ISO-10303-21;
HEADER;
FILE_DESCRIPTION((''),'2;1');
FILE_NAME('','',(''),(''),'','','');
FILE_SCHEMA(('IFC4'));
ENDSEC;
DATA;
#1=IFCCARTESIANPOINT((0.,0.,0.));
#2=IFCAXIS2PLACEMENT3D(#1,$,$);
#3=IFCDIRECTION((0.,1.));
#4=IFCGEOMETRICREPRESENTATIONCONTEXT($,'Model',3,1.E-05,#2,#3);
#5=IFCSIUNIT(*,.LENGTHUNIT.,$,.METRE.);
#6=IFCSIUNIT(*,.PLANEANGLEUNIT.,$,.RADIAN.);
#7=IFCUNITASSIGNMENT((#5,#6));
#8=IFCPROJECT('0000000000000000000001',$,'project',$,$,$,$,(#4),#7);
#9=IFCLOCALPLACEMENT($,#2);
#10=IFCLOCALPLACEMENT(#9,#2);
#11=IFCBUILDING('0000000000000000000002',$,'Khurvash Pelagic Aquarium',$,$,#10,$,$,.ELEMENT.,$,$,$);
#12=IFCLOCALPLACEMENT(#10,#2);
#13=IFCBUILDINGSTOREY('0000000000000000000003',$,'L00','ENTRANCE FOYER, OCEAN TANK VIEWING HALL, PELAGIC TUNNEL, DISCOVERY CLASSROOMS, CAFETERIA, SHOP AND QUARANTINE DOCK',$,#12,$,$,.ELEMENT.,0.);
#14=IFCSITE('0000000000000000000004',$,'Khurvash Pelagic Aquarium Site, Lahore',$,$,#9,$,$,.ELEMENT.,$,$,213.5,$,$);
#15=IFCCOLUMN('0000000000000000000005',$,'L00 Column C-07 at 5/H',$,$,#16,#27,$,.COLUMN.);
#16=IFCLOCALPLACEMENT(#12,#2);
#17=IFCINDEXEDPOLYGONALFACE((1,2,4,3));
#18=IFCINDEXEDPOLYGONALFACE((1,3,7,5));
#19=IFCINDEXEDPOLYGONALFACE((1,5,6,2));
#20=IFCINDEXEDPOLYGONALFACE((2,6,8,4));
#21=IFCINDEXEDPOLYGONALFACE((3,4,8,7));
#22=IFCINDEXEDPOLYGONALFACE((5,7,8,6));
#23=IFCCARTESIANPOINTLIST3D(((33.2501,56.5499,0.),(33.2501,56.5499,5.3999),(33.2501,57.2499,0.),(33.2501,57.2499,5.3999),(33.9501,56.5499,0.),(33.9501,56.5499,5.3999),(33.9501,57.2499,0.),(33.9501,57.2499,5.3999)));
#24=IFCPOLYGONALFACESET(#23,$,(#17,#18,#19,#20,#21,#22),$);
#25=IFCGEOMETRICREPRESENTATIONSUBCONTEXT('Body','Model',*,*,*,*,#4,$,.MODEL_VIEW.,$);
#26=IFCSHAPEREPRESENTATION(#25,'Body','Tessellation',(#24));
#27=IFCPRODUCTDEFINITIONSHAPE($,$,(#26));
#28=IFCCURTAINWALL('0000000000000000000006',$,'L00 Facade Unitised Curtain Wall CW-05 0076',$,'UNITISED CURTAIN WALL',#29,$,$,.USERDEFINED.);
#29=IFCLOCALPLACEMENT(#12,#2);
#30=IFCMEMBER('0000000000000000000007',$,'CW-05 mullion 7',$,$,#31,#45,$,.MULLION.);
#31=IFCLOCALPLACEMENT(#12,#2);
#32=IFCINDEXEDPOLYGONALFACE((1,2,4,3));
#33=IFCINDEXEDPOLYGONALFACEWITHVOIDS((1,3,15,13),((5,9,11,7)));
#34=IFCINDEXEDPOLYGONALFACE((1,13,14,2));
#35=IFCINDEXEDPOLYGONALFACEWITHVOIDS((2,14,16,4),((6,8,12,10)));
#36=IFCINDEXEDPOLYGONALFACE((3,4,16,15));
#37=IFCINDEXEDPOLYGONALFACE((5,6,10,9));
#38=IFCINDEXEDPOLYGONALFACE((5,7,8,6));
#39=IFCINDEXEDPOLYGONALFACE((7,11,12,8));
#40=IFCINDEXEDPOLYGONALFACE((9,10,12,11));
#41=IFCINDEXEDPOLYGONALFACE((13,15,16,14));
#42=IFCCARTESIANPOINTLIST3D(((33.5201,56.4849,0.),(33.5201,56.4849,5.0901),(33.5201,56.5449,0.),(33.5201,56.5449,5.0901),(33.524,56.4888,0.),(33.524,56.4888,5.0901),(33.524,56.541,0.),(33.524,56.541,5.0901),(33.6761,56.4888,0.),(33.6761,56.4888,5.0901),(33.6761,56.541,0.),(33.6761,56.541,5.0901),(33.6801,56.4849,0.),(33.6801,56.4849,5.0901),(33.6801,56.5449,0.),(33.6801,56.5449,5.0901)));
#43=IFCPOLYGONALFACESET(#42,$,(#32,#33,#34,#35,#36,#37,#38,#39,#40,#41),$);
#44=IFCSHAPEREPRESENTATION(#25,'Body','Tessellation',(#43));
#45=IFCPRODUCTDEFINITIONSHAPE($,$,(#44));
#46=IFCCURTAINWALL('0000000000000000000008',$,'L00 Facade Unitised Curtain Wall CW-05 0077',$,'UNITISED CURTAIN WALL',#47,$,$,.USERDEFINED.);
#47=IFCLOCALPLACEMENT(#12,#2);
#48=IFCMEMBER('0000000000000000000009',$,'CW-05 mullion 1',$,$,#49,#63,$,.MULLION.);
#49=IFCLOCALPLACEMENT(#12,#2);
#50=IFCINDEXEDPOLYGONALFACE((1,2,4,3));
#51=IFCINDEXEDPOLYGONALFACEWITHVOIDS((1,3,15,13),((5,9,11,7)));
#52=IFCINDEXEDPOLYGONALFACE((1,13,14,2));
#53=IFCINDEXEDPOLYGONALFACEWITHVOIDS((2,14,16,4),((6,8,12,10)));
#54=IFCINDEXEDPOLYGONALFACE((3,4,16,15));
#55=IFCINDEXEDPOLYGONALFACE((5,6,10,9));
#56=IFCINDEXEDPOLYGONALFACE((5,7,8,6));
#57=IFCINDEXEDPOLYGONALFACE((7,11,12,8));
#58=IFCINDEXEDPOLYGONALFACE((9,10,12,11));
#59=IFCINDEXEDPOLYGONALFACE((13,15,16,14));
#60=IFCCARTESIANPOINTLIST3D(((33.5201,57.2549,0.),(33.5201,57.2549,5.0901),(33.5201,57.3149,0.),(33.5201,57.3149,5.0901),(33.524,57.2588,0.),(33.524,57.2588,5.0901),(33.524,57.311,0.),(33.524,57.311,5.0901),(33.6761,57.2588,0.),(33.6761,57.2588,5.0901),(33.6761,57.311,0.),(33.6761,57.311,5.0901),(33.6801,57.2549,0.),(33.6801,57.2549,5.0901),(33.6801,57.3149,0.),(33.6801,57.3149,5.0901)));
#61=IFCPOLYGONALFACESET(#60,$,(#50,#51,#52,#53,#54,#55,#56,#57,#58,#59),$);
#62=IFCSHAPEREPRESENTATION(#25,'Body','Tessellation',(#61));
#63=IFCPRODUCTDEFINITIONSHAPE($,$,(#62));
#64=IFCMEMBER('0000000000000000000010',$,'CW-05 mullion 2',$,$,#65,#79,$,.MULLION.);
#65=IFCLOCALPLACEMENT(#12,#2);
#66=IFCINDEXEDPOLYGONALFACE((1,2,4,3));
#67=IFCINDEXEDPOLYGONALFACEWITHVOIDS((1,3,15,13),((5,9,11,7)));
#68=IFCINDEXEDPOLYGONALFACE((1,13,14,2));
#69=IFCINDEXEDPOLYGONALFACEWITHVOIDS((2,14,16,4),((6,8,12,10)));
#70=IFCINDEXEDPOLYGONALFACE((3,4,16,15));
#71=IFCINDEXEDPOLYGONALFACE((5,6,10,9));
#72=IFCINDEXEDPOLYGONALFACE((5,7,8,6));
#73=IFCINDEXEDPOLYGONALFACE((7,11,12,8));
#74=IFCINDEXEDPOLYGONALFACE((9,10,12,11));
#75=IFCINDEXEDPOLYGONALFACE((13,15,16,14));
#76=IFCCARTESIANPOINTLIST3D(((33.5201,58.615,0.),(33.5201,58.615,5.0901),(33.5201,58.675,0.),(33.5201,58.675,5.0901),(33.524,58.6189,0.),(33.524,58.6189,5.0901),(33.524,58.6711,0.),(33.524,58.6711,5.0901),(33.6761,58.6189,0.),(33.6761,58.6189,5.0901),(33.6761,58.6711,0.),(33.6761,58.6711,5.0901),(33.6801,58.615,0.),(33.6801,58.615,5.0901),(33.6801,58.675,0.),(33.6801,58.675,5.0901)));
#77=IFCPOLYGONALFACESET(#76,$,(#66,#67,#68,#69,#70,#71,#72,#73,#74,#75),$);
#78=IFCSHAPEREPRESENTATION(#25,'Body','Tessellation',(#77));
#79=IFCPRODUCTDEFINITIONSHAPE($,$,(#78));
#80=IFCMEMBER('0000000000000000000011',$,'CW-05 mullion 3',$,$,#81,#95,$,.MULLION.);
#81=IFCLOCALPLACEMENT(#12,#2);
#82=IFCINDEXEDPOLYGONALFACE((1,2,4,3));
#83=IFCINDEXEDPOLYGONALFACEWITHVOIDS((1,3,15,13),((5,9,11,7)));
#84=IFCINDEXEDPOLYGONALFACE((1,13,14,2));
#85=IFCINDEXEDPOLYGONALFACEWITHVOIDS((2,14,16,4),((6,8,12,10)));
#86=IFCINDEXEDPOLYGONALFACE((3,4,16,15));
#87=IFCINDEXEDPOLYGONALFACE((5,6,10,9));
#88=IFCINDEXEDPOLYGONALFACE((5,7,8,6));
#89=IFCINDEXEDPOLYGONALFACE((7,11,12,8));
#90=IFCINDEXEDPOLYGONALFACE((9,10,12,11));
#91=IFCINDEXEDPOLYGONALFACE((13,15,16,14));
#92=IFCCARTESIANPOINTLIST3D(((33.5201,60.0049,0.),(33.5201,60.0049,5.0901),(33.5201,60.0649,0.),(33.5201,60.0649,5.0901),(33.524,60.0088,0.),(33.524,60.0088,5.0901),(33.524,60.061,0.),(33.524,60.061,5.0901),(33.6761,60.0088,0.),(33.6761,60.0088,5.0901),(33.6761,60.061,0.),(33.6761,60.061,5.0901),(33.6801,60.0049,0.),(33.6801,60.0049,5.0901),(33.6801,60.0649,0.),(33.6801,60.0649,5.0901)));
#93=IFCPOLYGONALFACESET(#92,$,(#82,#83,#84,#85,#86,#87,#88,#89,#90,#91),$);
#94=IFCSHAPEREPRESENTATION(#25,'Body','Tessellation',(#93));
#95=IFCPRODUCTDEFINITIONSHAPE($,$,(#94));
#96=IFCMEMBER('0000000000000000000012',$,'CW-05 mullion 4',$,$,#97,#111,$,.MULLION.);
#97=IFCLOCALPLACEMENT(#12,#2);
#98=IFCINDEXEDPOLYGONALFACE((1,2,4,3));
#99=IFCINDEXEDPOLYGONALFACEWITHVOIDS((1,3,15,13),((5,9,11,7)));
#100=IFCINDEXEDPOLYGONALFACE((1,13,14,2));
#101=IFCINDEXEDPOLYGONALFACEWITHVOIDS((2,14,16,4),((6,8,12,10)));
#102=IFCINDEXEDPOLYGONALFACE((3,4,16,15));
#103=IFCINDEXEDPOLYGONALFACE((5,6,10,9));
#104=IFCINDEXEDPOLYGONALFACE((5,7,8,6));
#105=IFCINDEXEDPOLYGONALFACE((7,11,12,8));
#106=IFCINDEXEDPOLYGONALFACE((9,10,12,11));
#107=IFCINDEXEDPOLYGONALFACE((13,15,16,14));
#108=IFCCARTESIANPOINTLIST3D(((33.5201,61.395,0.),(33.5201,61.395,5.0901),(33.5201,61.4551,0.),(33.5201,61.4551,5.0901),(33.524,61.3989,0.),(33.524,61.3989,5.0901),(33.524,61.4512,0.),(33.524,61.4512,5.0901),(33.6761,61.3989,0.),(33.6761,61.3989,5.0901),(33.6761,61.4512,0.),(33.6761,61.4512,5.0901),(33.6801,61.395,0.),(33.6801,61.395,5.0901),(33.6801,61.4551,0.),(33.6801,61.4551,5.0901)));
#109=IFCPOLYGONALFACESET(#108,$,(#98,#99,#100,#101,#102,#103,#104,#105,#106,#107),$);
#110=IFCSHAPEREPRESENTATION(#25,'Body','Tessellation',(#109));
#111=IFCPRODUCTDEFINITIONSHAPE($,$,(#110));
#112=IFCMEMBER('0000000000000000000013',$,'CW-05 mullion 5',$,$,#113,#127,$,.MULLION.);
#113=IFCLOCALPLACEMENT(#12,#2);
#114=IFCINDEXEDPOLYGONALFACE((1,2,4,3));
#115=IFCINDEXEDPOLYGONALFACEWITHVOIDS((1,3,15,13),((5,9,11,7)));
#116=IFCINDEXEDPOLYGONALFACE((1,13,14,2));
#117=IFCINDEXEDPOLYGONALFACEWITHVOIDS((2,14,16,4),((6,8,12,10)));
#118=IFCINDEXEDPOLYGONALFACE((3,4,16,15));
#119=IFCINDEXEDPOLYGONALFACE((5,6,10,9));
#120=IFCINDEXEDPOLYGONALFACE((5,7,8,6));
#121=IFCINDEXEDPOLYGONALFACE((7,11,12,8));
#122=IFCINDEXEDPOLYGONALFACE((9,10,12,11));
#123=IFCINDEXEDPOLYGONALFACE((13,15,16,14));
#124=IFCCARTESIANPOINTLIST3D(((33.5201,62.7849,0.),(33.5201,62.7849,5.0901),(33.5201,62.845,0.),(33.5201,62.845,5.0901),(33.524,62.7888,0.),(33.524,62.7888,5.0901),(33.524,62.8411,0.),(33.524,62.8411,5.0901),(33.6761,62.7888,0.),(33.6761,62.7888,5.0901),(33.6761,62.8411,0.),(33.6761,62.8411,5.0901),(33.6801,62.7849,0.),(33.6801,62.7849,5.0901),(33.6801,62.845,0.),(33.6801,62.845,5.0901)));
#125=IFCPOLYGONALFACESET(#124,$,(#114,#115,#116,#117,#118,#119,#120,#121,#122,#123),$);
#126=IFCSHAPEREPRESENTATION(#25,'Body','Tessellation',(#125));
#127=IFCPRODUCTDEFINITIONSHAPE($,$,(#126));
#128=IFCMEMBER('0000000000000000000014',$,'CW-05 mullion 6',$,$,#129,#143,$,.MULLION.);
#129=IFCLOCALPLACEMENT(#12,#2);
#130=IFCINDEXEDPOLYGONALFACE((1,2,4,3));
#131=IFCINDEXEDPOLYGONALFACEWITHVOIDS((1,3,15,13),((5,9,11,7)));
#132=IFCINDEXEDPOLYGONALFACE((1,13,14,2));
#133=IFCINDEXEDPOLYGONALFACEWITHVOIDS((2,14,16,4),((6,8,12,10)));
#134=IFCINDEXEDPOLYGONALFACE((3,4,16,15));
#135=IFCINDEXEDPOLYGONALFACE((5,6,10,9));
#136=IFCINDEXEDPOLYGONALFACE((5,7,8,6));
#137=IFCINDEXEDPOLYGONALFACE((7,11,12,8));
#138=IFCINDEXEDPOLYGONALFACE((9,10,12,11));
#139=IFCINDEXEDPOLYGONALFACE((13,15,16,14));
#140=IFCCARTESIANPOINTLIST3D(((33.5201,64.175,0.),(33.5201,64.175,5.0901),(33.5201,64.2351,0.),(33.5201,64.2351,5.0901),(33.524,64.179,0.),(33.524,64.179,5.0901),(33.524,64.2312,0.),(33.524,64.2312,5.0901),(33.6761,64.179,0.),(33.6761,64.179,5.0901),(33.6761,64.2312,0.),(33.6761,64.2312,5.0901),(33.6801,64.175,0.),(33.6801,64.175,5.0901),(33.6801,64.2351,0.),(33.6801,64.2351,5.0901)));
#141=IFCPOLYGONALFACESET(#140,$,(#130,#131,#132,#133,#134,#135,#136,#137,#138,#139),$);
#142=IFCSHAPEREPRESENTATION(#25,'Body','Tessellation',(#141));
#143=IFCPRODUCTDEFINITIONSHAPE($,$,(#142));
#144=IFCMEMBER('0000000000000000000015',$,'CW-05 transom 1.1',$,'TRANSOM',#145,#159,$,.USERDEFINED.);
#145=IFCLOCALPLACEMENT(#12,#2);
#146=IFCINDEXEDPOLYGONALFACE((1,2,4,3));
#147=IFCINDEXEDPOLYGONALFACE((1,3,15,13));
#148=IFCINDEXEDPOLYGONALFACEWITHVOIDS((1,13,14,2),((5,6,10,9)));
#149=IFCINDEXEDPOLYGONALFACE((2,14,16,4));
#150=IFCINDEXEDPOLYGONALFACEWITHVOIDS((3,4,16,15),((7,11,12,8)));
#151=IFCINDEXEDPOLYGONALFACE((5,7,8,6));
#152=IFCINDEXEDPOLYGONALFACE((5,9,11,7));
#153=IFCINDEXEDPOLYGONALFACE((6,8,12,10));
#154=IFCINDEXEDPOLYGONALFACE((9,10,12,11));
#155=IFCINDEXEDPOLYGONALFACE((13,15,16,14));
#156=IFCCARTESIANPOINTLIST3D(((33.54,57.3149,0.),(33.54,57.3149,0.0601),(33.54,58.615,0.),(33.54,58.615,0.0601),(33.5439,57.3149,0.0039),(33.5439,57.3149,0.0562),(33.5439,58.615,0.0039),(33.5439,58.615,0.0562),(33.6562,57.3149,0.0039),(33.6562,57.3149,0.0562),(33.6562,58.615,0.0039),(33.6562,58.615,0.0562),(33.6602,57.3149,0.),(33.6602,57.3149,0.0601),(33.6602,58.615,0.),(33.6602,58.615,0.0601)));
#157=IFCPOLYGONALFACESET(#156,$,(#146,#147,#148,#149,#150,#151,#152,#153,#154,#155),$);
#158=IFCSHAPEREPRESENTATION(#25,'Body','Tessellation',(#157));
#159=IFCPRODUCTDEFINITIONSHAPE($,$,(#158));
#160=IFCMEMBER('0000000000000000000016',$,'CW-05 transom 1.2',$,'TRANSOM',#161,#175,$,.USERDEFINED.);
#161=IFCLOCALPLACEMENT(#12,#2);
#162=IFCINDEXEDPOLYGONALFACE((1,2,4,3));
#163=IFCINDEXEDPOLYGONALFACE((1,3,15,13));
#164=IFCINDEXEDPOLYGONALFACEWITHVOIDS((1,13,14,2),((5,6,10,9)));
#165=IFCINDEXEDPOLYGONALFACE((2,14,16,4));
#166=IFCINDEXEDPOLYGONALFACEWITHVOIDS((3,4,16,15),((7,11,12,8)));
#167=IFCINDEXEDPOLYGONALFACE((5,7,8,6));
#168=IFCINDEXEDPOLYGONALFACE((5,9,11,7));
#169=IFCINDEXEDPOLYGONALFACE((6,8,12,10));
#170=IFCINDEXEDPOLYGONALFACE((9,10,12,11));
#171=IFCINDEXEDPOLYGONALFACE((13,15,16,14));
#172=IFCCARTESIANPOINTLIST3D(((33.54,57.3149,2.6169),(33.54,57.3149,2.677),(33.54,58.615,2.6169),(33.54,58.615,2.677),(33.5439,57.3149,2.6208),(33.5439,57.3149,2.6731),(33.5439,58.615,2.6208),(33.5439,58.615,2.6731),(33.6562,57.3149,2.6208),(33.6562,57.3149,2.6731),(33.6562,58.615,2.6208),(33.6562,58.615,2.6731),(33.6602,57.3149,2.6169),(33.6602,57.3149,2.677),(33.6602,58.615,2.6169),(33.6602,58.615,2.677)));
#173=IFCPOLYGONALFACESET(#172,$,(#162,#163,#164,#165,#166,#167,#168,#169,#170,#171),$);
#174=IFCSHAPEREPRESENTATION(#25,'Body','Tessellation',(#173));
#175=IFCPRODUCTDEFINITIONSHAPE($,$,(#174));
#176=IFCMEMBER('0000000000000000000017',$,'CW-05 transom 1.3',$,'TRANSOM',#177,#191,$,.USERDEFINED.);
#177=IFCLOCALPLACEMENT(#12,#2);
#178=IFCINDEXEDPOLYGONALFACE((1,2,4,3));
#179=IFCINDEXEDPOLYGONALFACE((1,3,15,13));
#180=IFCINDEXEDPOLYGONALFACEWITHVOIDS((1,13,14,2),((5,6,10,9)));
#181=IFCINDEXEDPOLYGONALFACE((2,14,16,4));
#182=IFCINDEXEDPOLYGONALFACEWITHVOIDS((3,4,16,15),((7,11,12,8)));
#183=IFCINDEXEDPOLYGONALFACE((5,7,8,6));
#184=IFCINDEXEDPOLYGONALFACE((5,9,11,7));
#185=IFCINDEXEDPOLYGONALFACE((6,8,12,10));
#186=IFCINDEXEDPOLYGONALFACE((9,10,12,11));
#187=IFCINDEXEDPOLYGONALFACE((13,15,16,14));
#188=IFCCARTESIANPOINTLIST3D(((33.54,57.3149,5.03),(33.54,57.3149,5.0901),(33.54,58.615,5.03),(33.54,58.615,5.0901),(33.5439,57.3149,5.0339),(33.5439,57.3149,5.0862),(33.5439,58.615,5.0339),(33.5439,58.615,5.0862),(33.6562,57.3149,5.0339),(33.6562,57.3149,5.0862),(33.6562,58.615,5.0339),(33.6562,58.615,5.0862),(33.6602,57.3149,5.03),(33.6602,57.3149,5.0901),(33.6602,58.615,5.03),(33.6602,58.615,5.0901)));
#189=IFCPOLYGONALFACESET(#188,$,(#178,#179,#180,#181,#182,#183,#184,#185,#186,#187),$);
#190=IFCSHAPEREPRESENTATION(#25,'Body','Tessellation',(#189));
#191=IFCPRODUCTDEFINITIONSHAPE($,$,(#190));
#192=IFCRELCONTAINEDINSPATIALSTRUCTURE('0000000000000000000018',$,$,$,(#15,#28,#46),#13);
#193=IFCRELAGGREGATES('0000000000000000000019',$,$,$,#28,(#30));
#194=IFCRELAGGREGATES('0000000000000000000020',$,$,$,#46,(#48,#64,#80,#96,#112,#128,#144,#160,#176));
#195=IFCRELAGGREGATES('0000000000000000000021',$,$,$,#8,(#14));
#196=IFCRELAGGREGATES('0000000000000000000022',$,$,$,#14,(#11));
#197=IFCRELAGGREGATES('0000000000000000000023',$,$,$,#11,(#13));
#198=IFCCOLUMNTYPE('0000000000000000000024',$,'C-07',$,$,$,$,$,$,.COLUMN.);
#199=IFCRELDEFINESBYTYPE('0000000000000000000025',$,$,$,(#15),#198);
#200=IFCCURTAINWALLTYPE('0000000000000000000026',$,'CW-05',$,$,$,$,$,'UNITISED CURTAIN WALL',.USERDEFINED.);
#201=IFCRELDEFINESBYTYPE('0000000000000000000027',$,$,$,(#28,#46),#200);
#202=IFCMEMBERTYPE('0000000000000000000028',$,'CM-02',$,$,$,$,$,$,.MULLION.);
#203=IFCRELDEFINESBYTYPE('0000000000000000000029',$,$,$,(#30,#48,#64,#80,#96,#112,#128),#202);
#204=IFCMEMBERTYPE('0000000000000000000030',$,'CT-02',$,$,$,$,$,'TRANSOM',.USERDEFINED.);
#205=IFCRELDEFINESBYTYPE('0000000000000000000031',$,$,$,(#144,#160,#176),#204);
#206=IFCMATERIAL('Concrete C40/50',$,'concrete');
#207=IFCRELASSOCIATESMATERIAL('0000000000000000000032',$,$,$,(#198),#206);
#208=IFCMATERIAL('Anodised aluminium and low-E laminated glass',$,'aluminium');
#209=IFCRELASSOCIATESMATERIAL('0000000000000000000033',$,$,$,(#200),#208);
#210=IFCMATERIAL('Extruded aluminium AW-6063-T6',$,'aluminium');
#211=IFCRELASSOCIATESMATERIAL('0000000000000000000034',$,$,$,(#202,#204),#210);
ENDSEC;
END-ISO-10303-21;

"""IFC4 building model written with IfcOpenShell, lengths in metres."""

from ifc_helpers import new_model, si_unit, direction, frame, origin, origin_2d, place, context, subcontext, project, spatial, rectangle, hollow_rectangle, extrude, material, material_profile, profile_set, type_object, element, aggregate, save


model = new_model("IFC4")

# Units and contexts
model_context = context("Model", 3, precision=1e-05, world=origin(), true_north=direction((0.0, 1.0)))
body_context = subcontext(model_context, "Body", "Model", "MODEL_VIEW")
ifc_project = project(units=[si_unit("LENGTHUNIT", "METRE"), si_unit("PLANEANGLEUNIT", "RADIAN")], contexts=[model_context])

# Site, building, storey
site_placement = place(None, origin())
site = spatial("IfcSite", under=ifc_project, at=site_placement, Name="Khurvash Pelagic Aquarium Site, Lahore", CompositionType="ELEMENT", RefElevation=213.5)
building_placement = place(site_placement, origin())
building = spatial("IfcBuilding", under=site, at=building_placement, Name="Khurvash Pelagic Aquarium", CompositionType="ELEMENT")
storey_placement = place(building_placement, origin())
storey = spatial("IfcBuildingStorey", under=building, at=storey_placement, Name="L00", Description="ENTRANCE FOYER, OCEAN TANK VIEWING HALL, PELAGIC TUNNEL, DISCOVERY CLASSROOMS, CAFETERIA, SHOP AND QUARANTINE DOCK", CompositionType="ELEMENT", Elevation=0.0)

# Column
ifc_material_1 = material(Name="Concrete C40/50", Category="concrete")
ifc_material_profile_1 = material_profile(ifc_material_1, rectangle(XDim=0.7, YDim=0.7, at=origin_2d()), Name="RC700X700")
ifc_profile_set_1 = profile_set([ifc_material_profile_1], Name="Concrete C40/50")
column_type = type_object("IfcColumnType", Name="C-07", PredefinedType="COLUMN", material=ifc_profile_set_1)
column_placement = place(storey_placement, frame((33.6001, 56.8999, 0.0), z_axis=(0.0, 0.0, 1.0), x_axis=(1.0, 0.0, 0.0)))
element("IfcColumn", 1, at=column_placement, inside=storey, type_object=column_type, Name="L00 Column C-07 at 5/H", PredefinedType="COLUMN", context=body_context, shape_type="SweptSolid", body=[
    extrude(rectangle(XDim=0.7, YDim=0.7, at=origin_2d()), origin(), (0.0, 0.0, 1.0), 5.3999),
])

# Curtain wall, member
ifc_material_2 = material(Name="Anodised aluminium and low-E laminated glass", Category="aluminium")
curtain_wall_type = type_object("IfcCurtainWallType", Name="CW-05", ElementType="UNITISED CURTAIN WALL", PredefinedType="USERDEFINED", material=ifc_material_2)
curtain_wall_1_placement = place(storey_placement, origin())
curtain_wall_1 = element("IfcCurtainWall", 2, at=curtain_wall_1_placement, inside=storey, type_object=curtain_wall_type, Name="L00 Facade Unitised Curtain Wall CW-05 0076", ObjectType="UNITISED CURTAIN WALL", PredefinedType="USERDEFINED")
ifc_material_3 = material(Name="Extruded aluminium AW-6063-T6", Category="aluminium")
ifc_material_profile_2 = material_profile(ifc_material_3, hollow_rectangle(XDim=0.0601, YDim=0.1599, WallThickness=0.0039, at=origin_2d()), Name="CWM60X160X4")
ifc_profile_set_2 = profile_set([ifc_material_profile_2], Name="Extruded aluminium AW-6063-T6")
member_type_1 = type_object("IfcMemberType", Name="CM-02", PredefinedType="MULLION", material=ifc_profile_set_2)
member_1_placement = place(storey_placement, frame((33.6001, 56.5149, 0.0), z_axis=(0.0, 0.0, 1.0), x_axis=(0.0, 1.0, 0.0)))
member_1 = element("IfcMember", 3, at=member_1_placement, type_object=member_type_1, Name="CW-05 mullion 7", PredefinedType="MULLION", context=body_context, shape_type="SweptSolid", body=[
    extrude(hollow_rectangle(XDim=0.0601, YDim=0.1599, WallThickness=0.0039, at=origin_2d()), origin(), (0.0, 0.0, 1.0), 5.0901),
])

# Curtain wall, members
curtain_wall_2_placement = place(storey_placement, origin())
curtain_wall_2 = element("IfcCurtainWall", 4, at=curtain_wall_2_placement, inside=storey, type_object=curtain_wall_type, Name="L00 Facade Unitised Curtain Wall CW-05 0077", ObjectType="UNITISED CURTAIN WALL", PredefinedType="USERDEFINED")
member_2_placement = place(storey_placement, frame((33.6001, 57.2849, 0.0), z_axis=(0.0, 0.0, 1.0), x_axis=(0.0, 1.0, 0.0)))
member_2 = element("IfcMember", 5, at=member_2_placement, type_object=member_type_1, Name="CW-05 mullion 1", PredefinedType="MULLION", context=body_context, shape_type="SweptSolid", body=[
    extrude(hollow_rectangle(XDim=0.0601, YDim=0.1599, WallThickness=0.0039, at=origin_2d()), origin(), (0.0, 0.0, 1.0), 5.0901),
])
member_3_placement = place(storey_placement, frame((33.6001, 58.645, 0.0), z_axis=(0.0, 0.0, 1.0), x_axis=(0.0, 1.0, 0.0)))
member_3 = element("IfcMember", 6, at=member_3_placement, type_object=member_type_1, Name="CW-05 mullion 2", PredefinedType="MULLION", context=body_context, shape_type="SweptSolid", body=[
    extrude(hollow_rectangle(XDim=0.0601, YDim=0.1599, WallThickness=0.0039, at=origin_2d()), origin(), (0.0, 0.0, 1.0), 5.0901),
])
member_4_placement = place(storey_placement, frame((33.6001, 60.0349, 0.0), z_axis=(0.0, 0.0, 1.0), x_axis=(0.0, 1.0, 0.0)))
member_4 = element("IfcMember", 7, at=member_4_placement, type_object=member_type_1, Name="CW-05 mullion 3", PredefinedType="MULLION", context=body_context, shape_type="SweptSolid", body=[
    extrude(hollow_rectangle(XDim=0.0601, YDim=0.1599, WallThickness=0.0039, at=origin_2d()), origin(), (0.0, 0.0, 1.0), 5.0901),
])
member_5_placement = place(storey_placement, frame((33.6001, 61.425, 0.0), z_axis=(0.0, 0.0, 1.0), x_axis=(0.0, 1.0, 0.0)))
member_5 = element("IfcMember", 8, at=member_5_placement, type_object=member_type_1, Name="CW-05 mullion 4", PredefinedType="MULLION", context=body_context, shape_type="SweptSolid", body=[
    extrude(hollow_rectangle(XDim=0.0601, YDim=0.1599, WallThickness=0.0039, at=origin_2d()), origin(), (0.0, 0.0, 1.0), 5.0901),
])
member_6_placement = place(storey_placement, frame((33.6001, 62.8149, 0.0), z_axis=(0.0, 0.0, 1.0), x_axis=(0.0, 1.0, 0.0)))
member_6 = element("IfcMember", 9, at=member_6_placement, type_object=member_type_1, Name="CW-05 mullion 5", PredefinedType="MULLION", context=body_context, shape_type="SweptSolid", body=[
    extrude(hollow_rectangle(XDim=0.0601, YDim=0.1599, WallThickness=0.0039, at=origin_2d()), origin(), (0.0, 0.0, 1.0), 5.0901),
])
member_7_placement = place(storey_placement, frame((33.6001, 64.2051, 0.0), z_axis=(0.0, 0.0, 1.0), x_axis=(0.0, 1.0, 0.0)))
member_7 = element("IfcMember", 10, at=member_7_placement, type_object=member_type_1, Name="CW-05 mullion 6", PredefinedType="MULLION", context=body_context, shape_type="SweptSolid", body=[
    extrude(hollow_rectangle(XDim=0.0601, YDim=0.1599, WallThickness=0.0039, at=origin_2d()), origin(), (0.0, 0.0, 1.0), 5.0901),
])
ifc_material_profile_3 = material_profile(ifc_material_3, hollow_rectangle(XDim=0.1201, YDim=0.0601, WallThickness=0.0039, at=origin_2d()), Name="CWT120X60X4")
ifc_profile_set_3 = profile_set([ifc_material_profile_3], Name="Extruded aluminium AW-6063-T6")
member_type_2 = type_object("IfcMemberType", Name="CT-02", ElementType="TRANSOM", PredefinedType="USERDEFINED", material=ifc_profile_set_3)
member_8_placement = place(storey_placement, frame((33.6001, 57.3149, 0.03), z_axis=(0.0, 1.0, 0.0), x_axis=(-1.0, 0.0, 0.0)))
member_8 = element("IfcMember", 11, at=member_8_placement, type_object=member_type_2, Name="CW-05 transom 1.1", ObjectType="TRANSOM", PredefinedType="USERDEFINED", context=body_context, shape_type="SweptSolid", body=[
    extrude(hollow_rectangle(XDim=0.1201, YDim=0.0601, WallThickness=0.0039, at=origin_2d()), origin(), (0.0, 0.0, 1.0), 1.3),
])
member_9_placement = place(storey_placement, frame((33.6001, 57.3149, 2.647), z_axis=(0.0, 1.0, 0.0), x_axis=(-1.0, 0.0, 0.0)))
member_9 = element("IfcMember", 12, at=member_9_placement, type_object=member_type_2, Name="CW-05 transom 1.2", ObjectType="TRANSOM", PredefinedType="USERDEFINED", context=body_context, shape_type="SweptSolid", body=[
    extrude(hollow_rectangle(XDim=0.1201, YDim=0.0601, WallThickness=0.0039, at=origin_2d()), origin(), (0.0, 0.0, 1.0), 1.3),
])
member_10_placement = place(storey_placement, frame((33.6001, 57.3149, 5.0601), z_axis=(0.0, 1.0, 0.0), x_axis=(-1.0, 0.0, 0.0)))
member_10 = element("IfcMember", 13, at=member_10_placement, type_object=member_type_2, Name="CW-05 transom 1.3", ObjectType="TRANSOM", PredefinedType="USERDEFINED", context=body_context, shape_type="SweptSolid", body=[
    extrude(hollow_rectangle(XDim=0.1201, YDim=0.0601, WallThickness=0.0039, at=origin_2d()), origin(), (0.0, 0.0, 1.0), 1.3),
])

aggregate(curtain_wall_1, [member_1])
aggregate(curtain_wall_2, [member_2, member_3, member_4, member_5, member_6, member_7, member_8, member_9, member_10])

save(model, "model.ifc")
